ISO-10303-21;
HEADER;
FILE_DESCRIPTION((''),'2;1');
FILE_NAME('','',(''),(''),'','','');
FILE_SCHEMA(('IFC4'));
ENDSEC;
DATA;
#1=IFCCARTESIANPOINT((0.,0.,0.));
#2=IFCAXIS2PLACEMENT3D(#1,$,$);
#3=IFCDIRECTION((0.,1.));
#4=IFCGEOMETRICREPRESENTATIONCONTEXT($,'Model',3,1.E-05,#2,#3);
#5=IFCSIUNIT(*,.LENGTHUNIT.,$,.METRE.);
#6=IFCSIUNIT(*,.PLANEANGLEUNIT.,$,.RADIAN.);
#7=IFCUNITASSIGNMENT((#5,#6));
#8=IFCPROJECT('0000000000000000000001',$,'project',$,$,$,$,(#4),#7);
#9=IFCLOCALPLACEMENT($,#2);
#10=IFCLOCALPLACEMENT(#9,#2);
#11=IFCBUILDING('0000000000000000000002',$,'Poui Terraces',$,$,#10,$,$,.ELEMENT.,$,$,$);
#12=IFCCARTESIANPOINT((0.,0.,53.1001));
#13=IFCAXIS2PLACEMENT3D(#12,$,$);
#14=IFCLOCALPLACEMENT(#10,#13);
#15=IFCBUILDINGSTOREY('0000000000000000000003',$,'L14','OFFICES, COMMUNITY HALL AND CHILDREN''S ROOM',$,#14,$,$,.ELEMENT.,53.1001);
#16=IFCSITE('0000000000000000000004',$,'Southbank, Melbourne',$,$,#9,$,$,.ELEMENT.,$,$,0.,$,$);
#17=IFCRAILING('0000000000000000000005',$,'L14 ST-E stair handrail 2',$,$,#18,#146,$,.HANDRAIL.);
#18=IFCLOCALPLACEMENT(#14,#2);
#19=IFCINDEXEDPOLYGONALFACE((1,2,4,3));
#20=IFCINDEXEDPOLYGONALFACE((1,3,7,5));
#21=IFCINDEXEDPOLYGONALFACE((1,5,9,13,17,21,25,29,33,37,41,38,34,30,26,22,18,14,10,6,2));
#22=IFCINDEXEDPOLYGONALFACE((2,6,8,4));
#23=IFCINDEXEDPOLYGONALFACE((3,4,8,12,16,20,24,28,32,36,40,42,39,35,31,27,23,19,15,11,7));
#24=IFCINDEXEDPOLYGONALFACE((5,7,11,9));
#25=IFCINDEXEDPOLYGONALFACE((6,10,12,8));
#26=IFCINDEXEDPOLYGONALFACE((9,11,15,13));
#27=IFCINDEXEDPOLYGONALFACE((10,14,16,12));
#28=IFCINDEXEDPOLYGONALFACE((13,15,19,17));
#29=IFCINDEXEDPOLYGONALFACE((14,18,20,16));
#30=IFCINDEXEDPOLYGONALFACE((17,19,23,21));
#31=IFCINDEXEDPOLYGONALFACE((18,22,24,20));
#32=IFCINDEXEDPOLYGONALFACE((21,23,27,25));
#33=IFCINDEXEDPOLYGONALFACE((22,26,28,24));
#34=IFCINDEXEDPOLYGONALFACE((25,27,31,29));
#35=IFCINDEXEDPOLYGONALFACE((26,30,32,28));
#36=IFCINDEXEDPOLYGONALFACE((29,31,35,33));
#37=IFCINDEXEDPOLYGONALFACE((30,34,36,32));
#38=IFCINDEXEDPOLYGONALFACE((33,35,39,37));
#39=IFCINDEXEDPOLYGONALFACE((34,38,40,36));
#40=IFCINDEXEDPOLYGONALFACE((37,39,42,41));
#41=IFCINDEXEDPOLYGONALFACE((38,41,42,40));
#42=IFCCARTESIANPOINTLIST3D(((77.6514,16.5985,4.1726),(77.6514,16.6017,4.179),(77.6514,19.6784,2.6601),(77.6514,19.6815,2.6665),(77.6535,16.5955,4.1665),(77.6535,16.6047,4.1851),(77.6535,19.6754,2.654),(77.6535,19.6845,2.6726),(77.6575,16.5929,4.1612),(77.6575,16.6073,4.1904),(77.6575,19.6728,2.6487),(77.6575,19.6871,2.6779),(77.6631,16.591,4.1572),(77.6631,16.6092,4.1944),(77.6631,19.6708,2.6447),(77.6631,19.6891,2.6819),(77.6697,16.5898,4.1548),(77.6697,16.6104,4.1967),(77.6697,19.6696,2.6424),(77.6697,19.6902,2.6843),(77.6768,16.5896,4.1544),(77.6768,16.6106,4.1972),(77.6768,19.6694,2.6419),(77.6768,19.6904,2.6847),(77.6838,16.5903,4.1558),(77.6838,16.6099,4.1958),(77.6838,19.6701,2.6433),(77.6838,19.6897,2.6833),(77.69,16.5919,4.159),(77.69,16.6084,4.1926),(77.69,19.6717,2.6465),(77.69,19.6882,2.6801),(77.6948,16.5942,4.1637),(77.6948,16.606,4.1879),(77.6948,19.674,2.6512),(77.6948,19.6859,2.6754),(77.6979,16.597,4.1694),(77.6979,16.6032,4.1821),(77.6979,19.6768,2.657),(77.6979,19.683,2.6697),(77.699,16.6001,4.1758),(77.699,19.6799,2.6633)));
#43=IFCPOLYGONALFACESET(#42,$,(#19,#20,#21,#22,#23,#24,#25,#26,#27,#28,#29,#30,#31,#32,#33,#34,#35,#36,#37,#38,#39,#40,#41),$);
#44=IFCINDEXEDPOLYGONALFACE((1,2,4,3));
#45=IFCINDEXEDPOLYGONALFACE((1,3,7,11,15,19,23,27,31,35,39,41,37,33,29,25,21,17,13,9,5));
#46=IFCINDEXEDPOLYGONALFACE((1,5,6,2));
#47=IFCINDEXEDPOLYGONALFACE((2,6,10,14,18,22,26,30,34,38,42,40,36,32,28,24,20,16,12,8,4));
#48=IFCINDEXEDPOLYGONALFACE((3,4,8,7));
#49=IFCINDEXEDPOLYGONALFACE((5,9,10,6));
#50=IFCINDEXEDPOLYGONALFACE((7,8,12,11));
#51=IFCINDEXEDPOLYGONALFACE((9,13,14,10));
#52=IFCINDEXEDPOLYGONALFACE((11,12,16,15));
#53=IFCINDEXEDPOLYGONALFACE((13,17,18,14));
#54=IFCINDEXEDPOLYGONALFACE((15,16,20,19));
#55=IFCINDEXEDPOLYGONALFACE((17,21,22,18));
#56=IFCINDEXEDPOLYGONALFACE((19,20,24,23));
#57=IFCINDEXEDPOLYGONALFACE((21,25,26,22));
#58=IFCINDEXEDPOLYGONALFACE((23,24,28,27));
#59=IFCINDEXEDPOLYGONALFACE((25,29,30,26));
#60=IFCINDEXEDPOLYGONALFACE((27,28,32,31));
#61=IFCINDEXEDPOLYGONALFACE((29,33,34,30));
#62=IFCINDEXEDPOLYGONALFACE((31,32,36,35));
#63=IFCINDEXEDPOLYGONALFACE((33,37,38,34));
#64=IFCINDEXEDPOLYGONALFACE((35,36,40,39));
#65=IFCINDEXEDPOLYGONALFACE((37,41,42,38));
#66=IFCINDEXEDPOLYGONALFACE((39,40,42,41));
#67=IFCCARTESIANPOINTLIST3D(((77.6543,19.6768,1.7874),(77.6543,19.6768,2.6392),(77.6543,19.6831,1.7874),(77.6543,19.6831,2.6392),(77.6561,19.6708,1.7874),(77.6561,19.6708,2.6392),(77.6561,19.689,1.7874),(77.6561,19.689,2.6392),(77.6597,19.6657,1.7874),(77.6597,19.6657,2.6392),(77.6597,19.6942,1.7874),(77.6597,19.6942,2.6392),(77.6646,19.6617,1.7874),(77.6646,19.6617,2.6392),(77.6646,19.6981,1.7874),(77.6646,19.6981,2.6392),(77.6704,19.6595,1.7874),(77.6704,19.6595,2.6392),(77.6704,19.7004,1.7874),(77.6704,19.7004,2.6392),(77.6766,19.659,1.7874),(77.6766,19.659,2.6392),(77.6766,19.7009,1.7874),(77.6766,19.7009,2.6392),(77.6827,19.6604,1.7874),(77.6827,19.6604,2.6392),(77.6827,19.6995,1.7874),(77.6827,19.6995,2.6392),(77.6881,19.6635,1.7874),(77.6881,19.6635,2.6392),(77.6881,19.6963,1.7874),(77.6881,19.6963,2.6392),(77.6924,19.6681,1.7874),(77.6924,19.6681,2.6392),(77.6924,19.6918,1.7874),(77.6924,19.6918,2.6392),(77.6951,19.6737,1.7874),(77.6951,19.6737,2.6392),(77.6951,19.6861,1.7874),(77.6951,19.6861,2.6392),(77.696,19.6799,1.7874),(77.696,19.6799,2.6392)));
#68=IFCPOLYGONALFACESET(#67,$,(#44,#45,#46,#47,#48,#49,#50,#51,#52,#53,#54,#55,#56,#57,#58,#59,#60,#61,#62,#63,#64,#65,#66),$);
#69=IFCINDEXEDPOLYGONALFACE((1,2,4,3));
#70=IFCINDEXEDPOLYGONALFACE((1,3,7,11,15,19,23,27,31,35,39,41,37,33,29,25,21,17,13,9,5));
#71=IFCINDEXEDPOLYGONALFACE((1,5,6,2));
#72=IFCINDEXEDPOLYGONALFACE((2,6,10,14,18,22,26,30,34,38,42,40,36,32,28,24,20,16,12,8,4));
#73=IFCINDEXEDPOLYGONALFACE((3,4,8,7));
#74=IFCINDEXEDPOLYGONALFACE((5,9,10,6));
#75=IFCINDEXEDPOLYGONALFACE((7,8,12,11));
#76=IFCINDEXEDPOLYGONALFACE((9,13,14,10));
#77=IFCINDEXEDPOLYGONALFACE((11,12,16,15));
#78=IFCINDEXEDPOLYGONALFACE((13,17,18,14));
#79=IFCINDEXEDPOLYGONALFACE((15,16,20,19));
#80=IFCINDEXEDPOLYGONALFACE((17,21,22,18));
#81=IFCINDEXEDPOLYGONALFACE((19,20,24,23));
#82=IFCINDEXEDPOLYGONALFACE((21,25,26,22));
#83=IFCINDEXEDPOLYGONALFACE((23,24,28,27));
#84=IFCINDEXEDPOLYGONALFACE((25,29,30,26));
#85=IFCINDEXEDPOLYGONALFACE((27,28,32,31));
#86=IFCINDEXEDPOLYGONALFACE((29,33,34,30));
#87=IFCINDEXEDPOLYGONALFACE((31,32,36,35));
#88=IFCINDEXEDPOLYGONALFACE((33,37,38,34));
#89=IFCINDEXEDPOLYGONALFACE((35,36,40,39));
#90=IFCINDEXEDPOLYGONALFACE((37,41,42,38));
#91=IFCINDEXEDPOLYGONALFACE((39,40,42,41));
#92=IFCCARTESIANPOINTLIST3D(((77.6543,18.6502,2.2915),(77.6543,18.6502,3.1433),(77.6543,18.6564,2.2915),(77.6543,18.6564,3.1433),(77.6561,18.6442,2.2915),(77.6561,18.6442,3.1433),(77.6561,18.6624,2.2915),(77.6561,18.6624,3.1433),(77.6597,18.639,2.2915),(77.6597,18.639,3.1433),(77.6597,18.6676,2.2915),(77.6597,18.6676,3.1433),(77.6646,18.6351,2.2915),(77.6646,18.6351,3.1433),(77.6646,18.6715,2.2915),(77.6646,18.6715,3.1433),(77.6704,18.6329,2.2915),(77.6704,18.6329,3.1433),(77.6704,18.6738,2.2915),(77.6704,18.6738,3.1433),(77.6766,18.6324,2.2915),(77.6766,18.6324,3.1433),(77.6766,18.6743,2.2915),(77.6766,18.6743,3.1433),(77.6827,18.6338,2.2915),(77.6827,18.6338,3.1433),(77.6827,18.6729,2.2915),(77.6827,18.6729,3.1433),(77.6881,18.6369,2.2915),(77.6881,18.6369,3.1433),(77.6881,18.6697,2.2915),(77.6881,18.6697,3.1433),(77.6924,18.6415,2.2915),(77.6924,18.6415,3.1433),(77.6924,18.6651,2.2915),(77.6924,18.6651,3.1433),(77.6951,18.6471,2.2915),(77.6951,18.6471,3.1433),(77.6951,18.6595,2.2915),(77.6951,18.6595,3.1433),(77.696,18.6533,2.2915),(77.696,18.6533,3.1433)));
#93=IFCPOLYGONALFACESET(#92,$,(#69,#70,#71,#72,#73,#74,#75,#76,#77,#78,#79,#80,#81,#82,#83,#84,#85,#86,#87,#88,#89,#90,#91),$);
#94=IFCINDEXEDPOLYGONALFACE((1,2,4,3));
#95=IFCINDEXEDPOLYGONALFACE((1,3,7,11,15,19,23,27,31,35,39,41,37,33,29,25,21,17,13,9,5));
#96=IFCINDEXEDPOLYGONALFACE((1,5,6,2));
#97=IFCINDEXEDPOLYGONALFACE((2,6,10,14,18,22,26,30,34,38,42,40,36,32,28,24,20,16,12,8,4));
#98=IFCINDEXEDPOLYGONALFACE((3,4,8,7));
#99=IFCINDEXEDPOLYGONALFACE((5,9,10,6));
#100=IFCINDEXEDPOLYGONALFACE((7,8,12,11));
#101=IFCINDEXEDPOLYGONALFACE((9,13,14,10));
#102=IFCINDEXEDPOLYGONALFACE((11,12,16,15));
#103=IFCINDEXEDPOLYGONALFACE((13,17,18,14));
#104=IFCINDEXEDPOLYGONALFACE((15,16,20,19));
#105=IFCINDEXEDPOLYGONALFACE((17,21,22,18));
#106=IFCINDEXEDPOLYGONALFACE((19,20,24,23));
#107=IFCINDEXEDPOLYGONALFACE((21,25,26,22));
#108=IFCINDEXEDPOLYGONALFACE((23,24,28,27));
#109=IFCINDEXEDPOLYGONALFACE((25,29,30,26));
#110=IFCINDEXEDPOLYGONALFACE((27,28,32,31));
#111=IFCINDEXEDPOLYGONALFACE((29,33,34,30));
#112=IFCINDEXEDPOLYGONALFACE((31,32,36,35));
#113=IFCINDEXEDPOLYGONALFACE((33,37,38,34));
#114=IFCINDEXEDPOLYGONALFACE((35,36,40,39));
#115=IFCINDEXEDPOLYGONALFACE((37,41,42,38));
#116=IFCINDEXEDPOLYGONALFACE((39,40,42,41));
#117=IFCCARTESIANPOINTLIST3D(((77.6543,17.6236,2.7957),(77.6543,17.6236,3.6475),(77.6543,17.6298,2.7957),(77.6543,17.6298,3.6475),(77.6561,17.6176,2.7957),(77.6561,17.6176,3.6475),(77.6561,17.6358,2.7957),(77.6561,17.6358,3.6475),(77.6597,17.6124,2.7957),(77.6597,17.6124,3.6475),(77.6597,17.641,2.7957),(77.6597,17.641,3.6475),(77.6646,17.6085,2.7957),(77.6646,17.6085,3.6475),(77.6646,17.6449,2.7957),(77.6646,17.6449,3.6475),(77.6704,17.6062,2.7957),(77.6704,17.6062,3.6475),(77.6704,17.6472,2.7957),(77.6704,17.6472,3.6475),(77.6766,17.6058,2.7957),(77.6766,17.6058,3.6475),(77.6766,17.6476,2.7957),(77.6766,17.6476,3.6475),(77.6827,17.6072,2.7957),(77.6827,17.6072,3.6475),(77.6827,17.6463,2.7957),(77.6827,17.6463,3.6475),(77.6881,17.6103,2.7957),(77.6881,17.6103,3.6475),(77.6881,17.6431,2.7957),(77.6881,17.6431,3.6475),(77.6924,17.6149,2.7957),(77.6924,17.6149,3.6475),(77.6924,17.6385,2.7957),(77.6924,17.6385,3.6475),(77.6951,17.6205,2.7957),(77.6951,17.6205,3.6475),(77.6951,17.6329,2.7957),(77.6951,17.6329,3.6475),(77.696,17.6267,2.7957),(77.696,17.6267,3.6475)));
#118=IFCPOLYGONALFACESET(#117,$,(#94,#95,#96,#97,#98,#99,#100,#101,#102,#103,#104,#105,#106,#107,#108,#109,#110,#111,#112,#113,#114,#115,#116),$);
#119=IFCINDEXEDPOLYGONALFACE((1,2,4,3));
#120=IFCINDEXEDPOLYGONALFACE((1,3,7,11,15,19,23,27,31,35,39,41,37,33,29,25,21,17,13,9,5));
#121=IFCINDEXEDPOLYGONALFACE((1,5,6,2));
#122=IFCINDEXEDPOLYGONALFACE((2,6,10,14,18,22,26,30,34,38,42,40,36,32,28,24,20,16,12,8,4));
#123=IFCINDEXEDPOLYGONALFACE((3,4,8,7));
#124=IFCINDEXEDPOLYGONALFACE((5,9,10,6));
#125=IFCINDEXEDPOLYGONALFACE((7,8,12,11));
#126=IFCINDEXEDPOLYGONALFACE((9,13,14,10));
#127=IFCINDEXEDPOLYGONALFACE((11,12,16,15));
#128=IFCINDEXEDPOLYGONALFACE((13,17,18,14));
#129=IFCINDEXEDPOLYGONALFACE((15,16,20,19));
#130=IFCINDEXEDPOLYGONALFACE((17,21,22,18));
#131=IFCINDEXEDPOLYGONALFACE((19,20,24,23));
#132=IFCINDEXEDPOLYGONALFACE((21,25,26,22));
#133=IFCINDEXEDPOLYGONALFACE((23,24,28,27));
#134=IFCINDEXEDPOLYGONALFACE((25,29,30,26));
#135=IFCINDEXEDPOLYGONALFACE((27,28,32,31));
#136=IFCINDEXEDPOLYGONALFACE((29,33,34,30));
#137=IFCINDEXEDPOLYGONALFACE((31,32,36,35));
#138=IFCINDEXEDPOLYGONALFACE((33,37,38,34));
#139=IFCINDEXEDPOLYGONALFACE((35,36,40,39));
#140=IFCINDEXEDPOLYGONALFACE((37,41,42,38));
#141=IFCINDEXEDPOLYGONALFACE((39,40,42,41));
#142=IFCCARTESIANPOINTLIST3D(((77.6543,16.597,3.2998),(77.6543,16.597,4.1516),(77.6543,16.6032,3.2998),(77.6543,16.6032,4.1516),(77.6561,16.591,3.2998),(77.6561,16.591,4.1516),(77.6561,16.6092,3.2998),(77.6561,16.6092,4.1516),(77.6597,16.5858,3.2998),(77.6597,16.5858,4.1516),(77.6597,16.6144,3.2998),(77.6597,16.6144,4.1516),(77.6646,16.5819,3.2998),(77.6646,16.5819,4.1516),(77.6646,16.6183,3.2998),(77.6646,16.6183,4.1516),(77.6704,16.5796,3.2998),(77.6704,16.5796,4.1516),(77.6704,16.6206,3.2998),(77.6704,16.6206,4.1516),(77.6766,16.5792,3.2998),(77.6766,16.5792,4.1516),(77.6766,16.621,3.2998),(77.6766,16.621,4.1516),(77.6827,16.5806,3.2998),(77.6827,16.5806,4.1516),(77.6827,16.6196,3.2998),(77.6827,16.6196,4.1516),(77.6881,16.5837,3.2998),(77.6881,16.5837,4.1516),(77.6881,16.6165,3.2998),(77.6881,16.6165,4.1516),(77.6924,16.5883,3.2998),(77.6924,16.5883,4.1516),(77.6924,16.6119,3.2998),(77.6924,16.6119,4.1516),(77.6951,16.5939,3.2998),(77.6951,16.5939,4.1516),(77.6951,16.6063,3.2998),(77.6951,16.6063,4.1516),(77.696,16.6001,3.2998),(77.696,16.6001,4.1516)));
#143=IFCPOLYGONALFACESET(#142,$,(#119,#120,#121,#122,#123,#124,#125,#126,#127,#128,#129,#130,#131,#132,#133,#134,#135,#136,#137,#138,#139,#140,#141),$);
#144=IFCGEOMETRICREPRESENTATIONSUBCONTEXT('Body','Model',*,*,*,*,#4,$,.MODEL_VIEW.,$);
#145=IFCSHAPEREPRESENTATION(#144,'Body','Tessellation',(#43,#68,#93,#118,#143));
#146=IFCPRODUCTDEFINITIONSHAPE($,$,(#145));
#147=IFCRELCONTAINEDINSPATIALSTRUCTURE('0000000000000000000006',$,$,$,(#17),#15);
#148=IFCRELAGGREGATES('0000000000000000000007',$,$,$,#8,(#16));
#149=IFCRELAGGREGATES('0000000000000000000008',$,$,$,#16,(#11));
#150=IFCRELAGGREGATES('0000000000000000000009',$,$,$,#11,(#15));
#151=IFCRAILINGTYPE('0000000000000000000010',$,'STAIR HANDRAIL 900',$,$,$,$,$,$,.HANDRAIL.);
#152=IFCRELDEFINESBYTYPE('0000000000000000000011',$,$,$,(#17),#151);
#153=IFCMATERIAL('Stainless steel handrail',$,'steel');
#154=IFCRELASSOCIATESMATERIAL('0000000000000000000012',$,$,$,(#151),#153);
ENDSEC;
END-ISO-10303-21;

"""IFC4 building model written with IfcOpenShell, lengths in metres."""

from ifc_helpers import new_model, si_unit, direction, frame, origin, origin_2d, place, context, subcontext, project, spatial, circle, extrude, material, type_object, element, save


model = new_model("IFC4")

# Units and contexts
model_context = context("Model", 3, precision=1e-05, world=origin(), true_north=direction((0.0, 1.0)))
body_context = subcontext(model_context, "Body", "Model", "MODEL_VIEW")
ifc_project = project(units=[si_unit("LENGTHUNIT", "METRE"), si_unit("PLANEANGLEUNIT", "RADIAN")], contexts=[model_context])

# Site, building, storey
site_placement = place(None, origin())
site = spatial("IfcSite", under=ifc_project, at=site_placement, Name="Southbank, Melbourne", CompositionType="ELEMENT", RefElevation=0.0)
building_placement = place(site_placement, origin())
building = spatial("IfcBuilding", under=site, at=building_placement, Name="Poui Terraces", CompositionType="ELEMENT")
storey_placement = place(building_placement, frame((0.0, 0.0, 53.1001)))
storey = spatial("IfcBuildingStorey", under=building, at=storey_placement, Name="L14", Description="OFFICES, COMMUNITY HALL AND CHILDREN'S ROOM", CompositionType="ELEMENT", Elevation=53.1001)

# Railing
ifc_material_1 = material(Name="Stainless steel handrail", Category="steel")
railing_type_1 = type_object("IfcRailingType", Name="STAIR HANDRAIL 900", PredefinedType="HANDRAIL", material=ifc_material_1)
railing_1_placement = place(storey_placement, frame((77.675, 19.6799, 1.7874)))
element("IfcRailing", 1, at=railing_1_placement, inside=storey, type_object=railing_type_1, Name="L14 ST-E stair handrail 2", PredefinedType="HANDRAIL", context=body_context, shape_type="SweptSolid", body=[
    extrude(circle(Radius=0.0239, at=origin_2d()), frame((0.0, 0.0, 0.876), z_axis=(0.0, -0.897606, 0.440798), x_axis=(1.0, 0.0, 0.0)), (0.0, 0.0, 1.0), 3.4312),
    extrude(circle(Radius=0.021, at=origin_2d()), origin(), (0.0, 0.0, 1.0), 0.8518),
    extrude(circle(Radius=0.021, at=origin_2d()), frame((0.0, -1.0266, 0.5042)), (0.0, 0.0, 1.0), 0.8518),
    extrude(circle(Radius=0.021, at=origin_2d()), frame((0.0, -2.0532, 1.0083)), (0.0, 0.0, 1.0), 0.8518),
    extrude(circle(Radius=0.021, at=origin_2d()), frame((0.0, -3.0798, 1.5125)), (0.0, 0.0, 1.0), 0.8518),
])

save(model, "model.ifc")
